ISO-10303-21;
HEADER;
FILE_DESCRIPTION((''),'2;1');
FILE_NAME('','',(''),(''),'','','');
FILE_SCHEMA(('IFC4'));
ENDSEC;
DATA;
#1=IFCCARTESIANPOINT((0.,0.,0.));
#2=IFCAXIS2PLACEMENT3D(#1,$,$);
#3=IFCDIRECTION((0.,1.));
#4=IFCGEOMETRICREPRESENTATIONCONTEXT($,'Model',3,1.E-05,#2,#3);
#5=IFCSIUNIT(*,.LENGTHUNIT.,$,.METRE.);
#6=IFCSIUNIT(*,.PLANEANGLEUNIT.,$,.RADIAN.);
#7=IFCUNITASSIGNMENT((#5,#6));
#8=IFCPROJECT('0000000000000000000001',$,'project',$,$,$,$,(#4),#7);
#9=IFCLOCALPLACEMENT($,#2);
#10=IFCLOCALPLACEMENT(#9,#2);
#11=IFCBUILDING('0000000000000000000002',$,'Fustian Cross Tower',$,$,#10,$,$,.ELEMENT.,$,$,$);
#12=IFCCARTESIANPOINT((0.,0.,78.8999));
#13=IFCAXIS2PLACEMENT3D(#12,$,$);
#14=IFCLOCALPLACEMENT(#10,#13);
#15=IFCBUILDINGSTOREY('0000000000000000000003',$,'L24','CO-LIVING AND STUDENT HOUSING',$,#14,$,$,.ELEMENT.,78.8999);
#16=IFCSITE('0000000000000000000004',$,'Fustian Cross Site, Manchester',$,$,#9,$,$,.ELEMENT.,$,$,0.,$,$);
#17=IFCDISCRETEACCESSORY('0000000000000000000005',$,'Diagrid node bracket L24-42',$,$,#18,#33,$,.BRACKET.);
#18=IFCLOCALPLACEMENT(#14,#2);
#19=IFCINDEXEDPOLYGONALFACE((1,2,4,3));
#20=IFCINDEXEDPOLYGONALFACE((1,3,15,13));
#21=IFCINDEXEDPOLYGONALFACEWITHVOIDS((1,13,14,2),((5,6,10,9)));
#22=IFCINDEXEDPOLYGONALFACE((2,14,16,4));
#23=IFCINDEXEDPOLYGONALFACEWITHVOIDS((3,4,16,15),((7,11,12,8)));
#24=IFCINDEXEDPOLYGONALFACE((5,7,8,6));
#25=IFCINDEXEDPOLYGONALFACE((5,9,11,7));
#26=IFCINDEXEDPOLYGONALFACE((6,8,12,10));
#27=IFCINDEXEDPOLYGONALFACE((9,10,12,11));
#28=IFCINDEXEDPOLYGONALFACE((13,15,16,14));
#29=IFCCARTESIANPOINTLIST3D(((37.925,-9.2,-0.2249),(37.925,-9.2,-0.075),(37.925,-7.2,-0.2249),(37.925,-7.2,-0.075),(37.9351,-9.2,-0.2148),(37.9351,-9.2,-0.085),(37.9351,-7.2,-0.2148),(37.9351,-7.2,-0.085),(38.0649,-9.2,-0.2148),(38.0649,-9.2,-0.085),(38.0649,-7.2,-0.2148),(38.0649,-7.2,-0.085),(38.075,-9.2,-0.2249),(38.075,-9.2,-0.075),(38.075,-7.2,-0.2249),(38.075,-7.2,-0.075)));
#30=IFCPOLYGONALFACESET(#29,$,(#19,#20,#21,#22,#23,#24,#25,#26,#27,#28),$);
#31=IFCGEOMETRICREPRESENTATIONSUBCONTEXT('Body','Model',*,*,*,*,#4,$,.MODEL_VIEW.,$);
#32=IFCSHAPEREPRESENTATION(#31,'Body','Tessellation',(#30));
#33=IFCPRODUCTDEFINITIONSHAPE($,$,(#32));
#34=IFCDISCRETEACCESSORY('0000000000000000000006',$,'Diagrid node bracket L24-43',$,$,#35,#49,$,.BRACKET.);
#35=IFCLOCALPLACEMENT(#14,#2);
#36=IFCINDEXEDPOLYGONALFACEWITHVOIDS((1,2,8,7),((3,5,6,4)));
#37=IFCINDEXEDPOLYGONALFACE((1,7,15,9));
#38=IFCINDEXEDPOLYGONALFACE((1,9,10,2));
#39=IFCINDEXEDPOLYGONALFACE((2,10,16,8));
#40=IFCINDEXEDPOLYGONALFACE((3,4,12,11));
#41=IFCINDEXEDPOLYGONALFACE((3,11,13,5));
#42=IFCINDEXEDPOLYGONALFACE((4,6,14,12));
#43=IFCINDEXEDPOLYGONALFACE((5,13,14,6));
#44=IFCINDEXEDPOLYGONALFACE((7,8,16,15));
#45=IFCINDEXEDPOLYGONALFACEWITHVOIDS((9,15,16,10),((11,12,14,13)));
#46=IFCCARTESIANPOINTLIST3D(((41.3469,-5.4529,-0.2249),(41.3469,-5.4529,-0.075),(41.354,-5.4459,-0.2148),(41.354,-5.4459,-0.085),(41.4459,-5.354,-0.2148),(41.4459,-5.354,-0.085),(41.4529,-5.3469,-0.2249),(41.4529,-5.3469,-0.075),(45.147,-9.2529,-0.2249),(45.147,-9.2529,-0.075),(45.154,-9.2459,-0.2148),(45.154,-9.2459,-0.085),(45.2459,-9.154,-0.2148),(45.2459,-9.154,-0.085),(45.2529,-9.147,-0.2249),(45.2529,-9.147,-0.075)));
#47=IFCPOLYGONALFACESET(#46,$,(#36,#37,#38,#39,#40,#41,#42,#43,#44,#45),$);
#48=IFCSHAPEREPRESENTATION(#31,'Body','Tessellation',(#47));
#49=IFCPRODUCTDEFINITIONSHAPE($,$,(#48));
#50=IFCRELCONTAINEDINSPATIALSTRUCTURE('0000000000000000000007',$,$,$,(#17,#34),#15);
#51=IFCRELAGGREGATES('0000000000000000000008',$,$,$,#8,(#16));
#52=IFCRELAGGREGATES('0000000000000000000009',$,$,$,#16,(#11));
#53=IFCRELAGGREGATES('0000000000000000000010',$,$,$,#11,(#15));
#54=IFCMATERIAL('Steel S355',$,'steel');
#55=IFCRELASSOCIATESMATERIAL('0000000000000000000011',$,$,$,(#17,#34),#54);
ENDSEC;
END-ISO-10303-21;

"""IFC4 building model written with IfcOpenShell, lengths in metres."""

from ifc_helpers import new_model, si_unit, direction, frame, origin, origin_2d, place, context, subcontext, project, spatial, hollow_rectangle, extrude, material, element, save


model = new_model("IFC4")

# Units and contexts
model_context = context("Model", 3, precision=1e-05, world=origin(), true_north=direction((0.0, 1.0)))
body_context = subcontext(model_context, "Body", "Model", "MODEL_VIEW")
ifc_project = project(units=[si_unit("LENGTHUNIT", "METRE"), si_unit("PLANEANGLEUNIT", "RADIAN")], contexts=[model_context])

# Site, building, storey
site_placement = place(None, origin())
site = spatial("IfcSite", under=ifc_project, at=site_placement, Name="Fustian Cross Site, Manchester", CompositionType="ELEMENT", RefElevation=0.0)
building_placement = place(site_placement, origin())
building = spatial("IfcBuilding", under=site, at=building_placement, Name="Fustian Cross Tower", CompositionType="ELEMENT")
storey_placement = place(building_placement, frame((0.0, 0.0, 78.8999)))
storey = spatial("IfcBuildingStorey", under=building, at=storey_placement, Name="L24", Description="CO-LIVING AND STUDENT HOUSING", CompositionType="ELEMENT", Elevation=78.8999)

# Discrete accessories
ifc_material_1 = material(Name="Steel S355", Category="steel")
discrete_accessory_1_placement = place(storey_placement, frame((38.0, -9.2, -0.1499), z_axis=(0.0, 1.0, 0.0), x_axis=(-1.0, 0.0, 0.0)))
element("IfcDiscreteAccessory", 1, at=discrete_accessory_1_placement, inside=storey, material=ifc_material_1, Name="Diagrid node bracket L24-42", PredefinedType="BRACKET", context=body_context, shape_type="SweptSolid", body=[
    extrude(hollow_rectangle(XDim=0.1499, YDim=0.1499, WallThickness=0.01, at=origin_2d()), origin(), (0.0, 0.0, 1.0), 2.0),
])
discrete_accessory_2_placement = place(storey_placement, frame((45.2, -9.2, -0.1499), z_axis=(-0.707107, 0.707107, 0.0), x_axis=(-0.707107, -0.707107, 0.0)))
element("IfcDiscreteAccessory", 2, at=discrete_accessory_2_placement, inside=storey, material=ifc_material_1, Name="Diagrid node bracket L24-43", PredefinedType="BRACKET", context=body_context, shape_type="SweptSolid", body=[
    extrude(hollow_rectangle(XDim=0.1499, YDim=0.1499, WallThickness=0.01, at=origin_2d()), origin(), (0.0, 0.0, 1.0), 5.374),
])

save(model, "model.ifc")
